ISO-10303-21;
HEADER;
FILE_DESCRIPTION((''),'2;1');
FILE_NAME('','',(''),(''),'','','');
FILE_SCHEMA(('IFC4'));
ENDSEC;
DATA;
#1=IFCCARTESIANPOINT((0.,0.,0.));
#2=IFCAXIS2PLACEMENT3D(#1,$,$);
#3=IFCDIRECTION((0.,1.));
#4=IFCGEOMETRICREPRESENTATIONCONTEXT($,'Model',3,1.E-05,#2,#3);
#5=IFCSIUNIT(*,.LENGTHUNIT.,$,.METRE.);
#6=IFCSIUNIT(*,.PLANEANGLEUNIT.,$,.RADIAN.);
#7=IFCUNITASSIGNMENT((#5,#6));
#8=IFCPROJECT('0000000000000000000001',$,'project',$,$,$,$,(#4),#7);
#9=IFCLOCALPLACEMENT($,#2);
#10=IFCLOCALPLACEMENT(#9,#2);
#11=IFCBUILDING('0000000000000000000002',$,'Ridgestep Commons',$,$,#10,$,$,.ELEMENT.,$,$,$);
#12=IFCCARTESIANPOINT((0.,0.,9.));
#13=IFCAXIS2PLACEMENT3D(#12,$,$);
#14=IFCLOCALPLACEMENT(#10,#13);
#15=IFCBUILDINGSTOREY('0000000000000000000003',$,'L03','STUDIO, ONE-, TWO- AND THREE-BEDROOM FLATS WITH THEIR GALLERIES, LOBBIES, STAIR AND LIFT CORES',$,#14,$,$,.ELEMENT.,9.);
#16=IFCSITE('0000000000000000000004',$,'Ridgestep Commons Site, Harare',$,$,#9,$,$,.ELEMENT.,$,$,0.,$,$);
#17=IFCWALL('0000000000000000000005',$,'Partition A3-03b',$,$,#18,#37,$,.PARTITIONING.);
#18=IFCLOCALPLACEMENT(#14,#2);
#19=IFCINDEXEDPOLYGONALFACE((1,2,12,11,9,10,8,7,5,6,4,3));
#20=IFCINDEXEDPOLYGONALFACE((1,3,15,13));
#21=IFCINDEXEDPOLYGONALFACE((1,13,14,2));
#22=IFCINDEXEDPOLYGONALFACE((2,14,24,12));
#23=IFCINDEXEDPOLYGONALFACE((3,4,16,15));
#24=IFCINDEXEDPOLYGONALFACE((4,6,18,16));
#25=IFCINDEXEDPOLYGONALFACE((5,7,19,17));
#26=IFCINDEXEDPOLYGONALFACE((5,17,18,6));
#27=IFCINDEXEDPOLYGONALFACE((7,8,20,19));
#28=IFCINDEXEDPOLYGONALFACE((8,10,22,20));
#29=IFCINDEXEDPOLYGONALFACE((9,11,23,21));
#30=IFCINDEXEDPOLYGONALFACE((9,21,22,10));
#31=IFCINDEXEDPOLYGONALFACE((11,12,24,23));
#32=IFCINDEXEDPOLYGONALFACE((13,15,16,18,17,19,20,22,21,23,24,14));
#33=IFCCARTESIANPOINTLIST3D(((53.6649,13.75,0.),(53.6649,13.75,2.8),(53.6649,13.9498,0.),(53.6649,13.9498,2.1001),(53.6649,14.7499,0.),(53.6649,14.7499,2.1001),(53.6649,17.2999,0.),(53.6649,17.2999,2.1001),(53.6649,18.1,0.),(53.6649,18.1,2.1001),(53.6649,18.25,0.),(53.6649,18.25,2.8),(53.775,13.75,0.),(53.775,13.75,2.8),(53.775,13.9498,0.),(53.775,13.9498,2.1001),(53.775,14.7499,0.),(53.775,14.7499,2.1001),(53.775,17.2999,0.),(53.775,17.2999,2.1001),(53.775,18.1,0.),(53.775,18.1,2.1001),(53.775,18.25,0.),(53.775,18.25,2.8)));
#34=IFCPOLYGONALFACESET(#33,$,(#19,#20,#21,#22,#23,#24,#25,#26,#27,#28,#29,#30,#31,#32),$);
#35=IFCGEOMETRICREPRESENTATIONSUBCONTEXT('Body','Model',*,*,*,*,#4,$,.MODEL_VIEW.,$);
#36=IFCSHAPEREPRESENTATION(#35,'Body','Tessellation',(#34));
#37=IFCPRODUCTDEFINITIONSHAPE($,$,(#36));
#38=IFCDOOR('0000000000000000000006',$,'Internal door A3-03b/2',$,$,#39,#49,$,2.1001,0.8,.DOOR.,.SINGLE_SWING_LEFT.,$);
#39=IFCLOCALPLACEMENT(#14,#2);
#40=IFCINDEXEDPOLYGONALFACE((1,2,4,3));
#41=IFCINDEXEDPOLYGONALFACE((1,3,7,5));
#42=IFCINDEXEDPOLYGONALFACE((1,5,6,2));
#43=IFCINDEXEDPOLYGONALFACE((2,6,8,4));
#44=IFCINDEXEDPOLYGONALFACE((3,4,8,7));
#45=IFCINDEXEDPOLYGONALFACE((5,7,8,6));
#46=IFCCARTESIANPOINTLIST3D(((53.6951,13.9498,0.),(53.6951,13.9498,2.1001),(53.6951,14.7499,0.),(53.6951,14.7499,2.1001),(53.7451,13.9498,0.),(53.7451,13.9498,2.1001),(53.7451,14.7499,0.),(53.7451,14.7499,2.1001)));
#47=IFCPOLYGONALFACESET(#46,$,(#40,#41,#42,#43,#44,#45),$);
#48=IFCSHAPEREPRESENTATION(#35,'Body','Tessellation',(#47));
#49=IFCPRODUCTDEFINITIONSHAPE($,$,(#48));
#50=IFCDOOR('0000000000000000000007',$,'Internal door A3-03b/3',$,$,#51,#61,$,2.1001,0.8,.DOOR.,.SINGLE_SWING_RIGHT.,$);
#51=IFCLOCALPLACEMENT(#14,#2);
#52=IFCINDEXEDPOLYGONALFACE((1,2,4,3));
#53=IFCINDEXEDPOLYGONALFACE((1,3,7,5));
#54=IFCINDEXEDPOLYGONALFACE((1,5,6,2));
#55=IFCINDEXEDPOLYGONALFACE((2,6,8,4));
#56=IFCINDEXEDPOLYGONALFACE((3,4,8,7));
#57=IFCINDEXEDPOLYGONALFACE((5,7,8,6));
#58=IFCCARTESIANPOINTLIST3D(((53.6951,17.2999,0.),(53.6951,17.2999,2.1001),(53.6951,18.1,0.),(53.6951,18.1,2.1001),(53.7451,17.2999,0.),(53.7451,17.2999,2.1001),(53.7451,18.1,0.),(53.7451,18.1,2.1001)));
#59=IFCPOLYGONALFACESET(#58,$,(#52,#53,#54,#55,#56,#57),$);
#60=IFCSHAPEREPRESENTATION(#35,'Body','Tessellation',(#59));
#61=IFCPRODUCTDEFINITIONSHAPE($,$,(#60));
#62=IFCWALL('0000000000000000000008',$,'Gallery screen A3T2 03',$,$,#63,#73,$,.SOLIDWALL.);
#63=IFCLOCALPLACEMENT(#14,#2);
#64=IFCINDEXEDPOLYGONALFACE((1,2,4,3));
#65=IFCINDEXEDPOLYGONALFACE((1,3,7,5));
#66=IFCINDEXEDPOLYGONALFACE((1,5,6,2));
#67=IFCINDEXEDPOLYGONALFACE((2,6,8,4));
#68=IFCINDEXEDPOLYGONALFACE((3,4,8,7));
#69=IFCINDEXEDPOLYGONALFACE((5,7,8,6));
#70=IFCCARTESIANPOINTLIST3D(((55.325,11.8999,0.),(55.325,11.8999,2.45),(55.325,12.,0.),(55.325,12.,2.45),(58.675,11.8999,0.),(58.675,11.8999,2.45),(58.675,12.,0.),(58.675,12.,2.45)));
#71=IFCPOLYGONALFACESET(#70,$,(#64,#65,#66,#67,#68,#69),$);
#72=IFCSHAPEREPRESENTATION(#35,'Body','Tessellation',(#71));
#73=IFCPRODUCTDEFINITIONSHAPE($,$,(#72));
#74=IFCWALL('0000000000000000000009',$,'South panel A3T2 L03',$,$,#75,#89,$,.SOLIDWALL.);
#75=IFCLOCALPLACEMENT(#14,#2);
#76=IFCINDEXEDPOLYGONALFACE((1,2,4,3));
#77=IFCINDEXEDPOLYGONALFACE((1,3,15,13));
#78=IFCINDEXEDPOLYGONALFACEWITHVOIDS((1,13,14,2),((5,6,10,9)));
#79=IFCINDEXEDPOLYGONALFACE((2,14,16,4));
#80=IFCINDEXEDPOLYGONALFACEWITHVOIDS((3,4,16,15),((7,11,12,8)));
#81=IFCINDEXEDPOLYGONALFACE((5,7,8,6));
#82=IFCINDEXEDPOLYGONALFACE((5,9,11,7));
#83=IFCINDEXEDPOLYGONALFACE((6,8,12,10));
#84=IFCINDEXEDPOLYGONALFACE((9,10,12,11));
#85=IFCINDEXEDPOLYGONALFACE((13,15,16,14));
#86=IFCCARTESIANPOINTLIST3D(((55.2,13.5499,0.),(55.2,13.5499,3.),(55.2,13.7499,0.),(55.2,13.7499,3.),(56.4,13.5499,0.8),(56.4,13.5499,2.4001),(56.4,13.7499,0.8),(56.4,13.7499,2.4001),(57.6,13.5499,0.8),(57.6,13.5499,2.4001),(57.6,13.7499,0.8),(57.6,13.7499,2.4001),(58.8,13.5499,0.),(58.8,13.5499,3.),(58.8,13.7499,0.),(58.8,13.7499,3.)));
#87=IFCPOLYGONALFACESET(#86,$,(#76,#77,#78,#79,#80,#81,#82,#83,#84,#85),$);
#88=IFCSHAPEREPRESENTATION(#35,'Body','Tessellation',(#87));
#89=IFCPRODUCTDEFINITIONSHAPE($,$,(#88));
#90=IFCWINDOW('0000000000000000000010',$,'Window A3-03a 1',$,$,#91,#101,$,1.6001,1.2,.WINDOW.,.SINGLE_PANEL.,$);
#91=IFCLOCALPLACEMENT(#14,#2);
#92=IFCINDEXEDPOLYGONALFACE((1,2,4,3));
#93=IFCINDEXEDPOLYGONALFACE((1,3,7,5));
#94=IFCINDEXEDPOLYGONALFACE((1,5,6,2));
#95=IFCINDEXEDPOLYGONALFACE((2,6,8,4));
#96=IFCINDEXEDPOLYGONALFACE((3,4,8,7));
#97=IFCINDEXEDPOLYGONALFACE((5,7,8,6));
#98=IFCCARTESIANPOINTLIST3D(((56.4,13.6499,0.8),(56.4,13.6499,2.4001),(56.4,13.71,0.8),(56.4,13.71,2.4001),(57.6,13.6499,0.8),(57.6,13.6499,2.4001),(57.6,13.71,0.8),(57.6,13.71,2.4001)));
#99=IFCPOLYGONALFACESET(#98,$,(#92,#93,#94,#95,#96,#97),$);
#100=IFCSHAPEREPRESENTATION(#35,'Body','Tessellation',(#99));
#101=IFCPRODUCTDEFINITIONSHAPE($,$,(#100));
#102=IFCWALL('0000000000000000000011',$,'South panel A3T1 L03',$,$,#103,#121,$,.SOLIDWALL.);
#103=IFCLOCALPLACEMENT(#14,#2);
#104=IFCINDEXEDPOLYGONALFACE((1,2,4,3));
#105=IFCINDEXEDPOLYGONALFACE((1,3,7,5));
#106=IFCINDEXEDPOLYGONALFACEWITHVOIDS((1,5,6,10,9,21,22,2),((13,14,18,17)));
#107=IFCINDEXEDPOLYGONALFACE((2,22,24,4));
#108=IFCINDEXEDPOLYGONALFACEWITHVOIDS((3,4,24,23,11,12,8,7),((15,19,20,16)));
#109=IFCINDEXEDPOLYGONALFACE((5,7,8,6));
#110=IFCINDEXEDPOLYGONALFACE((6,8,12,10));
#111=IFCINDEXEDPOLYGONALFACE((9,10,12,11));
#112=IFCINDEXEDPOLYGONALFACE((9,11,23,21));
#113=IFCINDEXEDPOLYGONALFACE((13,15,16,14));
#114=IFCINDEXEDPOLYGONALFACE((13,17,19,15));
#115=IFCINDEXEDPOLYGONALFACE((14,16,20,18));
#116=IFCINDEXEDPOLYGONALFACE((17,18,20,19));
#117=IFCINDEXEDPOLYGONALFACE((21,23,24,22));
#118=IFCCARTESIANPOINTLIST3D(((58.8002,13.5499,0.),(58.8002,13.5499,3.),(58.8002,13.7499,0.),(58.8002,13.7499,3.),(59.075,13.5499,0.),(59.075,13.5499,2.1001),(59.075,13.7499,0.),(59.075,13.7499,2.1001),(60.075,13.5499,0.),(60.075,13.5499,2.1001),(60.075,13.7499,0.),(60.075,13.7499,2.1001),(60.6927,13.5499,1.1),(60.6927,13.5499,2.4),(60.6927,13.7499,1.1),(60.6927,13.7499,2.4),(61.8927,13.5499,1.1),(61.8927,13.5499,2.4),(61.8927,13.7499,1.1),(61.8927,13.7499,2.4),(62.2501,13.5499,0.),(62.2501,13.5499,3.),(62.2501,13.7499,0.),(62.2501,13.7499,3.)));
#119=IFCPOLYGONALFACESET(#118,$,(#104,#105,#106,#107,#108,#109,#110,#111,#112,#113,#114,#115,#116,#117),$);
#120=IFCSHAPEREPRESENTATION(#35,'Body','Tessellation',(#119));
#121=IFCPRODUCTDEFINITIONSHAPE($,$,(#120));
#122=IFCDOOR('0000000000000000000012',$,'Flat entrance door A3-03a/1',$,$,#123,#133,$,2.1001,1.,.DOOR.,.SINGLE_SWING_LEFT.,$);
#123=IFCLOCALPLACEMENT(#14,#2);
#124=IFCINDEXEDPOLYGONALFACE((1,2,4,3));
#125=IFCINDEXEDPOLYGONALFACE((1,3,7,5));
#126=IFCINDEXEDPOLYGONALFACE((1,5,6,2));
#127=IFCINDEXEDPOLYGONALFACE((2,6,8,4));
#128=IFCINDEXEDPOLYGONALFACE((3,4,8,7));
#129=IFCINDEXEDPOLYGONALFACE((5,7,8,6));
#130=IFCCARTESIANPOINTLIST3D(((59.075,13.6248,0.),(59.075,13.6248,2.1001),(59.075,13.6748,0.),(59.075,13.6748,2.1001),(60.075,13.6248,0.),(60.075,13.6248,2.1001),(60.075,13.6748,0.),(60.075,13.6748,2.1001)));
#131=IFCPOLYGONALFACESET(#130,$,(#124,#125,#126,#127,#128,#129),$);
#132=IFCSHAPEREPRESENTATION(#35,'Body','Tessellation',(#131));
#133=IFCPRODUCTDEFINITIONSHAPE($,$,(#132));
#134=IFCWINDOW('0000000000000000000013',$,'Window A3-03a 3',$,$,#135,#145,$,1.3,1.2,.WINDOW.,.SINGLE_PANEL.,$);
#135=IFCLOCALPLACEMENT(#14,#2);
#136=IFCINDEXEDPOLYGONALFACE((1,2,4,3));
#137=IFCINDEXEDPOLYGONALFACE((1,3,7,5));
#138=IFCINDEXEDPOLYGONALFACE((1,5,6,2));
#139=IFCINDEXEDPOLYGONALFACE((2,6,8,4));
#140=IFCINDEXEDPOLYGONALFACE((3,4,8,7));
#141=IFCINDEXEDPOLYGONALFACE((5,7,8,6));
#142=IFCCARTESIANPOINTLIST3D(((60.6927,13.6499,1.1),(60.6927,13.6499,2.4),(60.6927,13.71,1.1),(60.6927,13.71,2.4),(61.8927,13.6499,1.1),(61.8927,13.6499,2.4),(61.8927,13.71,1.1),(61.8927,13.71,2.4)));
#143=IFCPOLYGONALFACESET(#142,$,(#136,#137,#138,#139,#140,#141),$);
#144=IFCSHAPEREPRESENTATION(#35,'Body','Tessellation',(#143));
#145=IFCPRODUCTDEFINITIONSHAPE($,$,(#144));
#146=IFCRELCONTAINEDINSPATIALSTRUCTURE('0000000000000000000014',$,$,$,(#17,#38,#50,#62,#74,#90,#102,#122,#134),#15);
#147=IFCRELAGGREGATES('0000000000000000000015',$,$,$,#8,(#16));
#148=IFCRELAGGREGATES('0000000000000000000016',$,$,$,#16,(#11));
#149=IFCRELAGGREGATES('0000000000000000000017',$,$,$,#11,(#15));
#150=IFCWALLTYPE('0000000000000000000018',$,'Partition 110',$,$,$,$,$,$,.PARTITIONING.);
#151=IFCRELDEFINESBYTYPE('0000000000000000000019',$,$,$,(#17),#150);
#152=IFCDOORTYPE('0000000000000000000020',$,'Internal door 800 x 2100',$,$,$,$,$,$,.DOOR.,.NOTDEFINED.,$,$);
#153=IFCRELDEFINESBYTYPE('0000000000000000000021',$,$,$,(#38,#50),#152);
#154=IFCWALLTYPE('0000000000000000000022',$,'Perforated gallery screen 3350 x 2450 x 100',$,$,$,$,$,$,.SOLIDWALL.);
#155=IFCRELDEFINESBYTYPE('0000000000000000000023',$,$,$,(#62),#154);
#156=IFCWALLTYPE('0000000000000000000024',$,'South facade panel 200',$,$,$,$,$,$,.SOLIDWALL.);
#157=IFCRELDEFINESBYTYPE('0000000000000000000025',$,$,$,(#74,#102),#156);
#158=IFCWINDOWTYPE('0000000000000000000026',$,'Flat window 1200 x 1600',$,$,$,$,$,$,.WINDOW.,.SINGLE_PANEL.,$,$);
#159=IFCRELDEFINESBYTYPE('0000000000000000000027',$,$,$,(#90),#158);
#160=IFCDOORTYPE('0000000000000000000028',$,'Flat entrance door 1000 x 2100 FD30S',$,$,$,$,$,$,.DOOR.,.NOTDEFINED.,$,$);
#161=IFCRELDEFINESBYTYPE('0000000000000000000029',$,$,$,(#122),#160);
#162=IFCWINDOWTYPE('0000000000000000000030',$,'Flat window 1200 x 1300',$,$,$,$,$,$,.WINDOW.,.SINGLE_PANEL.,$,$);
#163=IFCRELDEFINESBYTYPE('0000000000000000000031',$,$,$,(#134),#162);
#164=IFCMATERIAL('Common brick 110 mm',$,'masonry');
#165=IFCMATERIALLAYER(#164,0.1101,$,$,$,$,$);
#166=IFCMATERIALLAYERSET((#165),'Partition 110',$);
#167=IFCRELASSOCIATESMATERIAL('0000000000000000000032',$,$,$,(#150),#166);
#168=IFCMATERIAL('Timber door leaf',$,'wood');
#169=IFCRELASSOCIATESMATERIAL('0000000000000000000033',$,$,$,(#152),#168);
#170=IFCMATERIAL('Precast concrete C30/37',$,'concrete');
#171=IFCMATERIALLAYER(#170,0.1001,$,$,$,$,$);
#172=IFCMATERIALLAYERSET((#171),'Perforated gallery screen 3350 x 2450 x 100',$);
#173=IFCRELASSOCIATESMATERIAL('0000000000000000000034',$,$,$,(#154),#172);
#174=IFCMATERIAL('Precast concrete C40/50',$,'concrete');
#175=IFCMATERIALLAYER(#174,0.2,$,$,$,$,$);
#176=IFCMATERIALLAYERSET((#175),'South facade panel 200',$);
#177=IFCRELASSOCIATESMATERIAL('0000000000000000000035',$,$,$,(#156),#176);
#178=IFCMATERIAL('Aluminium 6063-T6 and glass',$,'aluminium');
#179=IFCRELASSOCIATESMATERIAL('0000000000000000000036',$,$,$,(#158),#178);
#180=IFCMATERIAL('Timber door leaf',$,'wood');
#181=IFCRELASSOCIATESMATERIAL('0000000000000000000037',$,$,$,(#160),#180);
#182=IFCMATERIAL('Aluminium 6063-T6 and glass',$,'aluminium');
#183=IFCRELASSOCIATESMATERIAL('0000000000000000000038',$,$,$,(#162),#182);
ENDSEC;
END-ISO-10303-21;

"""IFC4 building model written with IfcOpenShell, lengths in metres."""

from ifc_helpers import new_model, si_unit, direction, frame, frame_2d, origin, place, context, subcontext, project, spatial, rectangle, extrude, material, layer, layer_set, type_object, element, fill, save


model = new_model("IFC4")

# Units and contexts
model_context = context("Model", 3, precision=1e-05, world=origin(), true_north=direction((0.0, 1.0)))
body_context = subcontext(model_context, "Body", "Model", "MODEL_VIEW")
ifc_project = project(units=[si_unit("LENGTHUNIT", "METRE"), si_unit("PLANEANGLEUNIT", "RADIAN")], contexts=[model_context])

# Site, building, storey
site_placement = place(None, origin())
site = spatial("IfcSite", under=ifc_project, at=site_placement, Name="Ridgestep Commons Site, Harare", CompositionType="ELEMENT", RefElevation=0.0)
building_placement = place(site_placement, origin())
building = spatial("IfcBuilding", under=site, at=building_placement, Name="Ridgestep Commons", CompositionType="ELEMENT")
storey_placement = place(building_placement, frame((0.0, 0.0, 9.0)))
storey = spatial("IfcBuildingStorey", under=building, at=storey_placement, Name="L03", Description="STUDIO, ONE-, TWO- AND THREE-BEDROOM FLATS WITH THEIR GALLERIES, LOBBIES, STAIR AND LIFT CORES", CompositionType="ELEMENT", Elevation=9.0)

# Wall, openings, doors
ifc_material_1 = material(Name="Common brick 110 mm", Category="masonry")
ifc_layer_1 = layer(ifc_material_1, 0.1101)
ifc_layer_set_1 = layer_set([ifc_layer_1], Name="Partition 110")
wall_type_1 = type_object("IfcWallType", Name="Partition 110", PredefinedType="PARTITIONING", material=ifc_layer_set_1)
ifc_material_2 = material(Name="Timber door leaf", Category="wood")
door_type_1 = type_object("IfcDoorType", Name="Internal door 800 x 2100", OperationType="NOTDEFINED", PredefinedType="DOOR", material=ifc_material_2)
wall_1_placement = place(storey_placement, frame((53.72, 13.75, 0.0), z_axis=(0.0, 0.0, 1.0), x_axis=(0.0, 1.0, 0.0)))
wall_1 = element("IfcWall", 1, at=wall_1_placement, inside=storey, type_object=wall_type_1, Name="Partition A3-03b", PredefinedType="PARTITIONING", context=body_context, shape_type="SweptSolid", body=[
    extrude(rectangle(XDim=4.5, YDim=0.1101, at=frame_2d((2.25, 0.0))), origin(), (0.0, 0.0, 1.0), 2.8),
])
opening_1_placement = place(wall_1_placement, frame((0.2, 0.0, 0.0)))
opening_1 = element("IfcOpeningElement", 2, at=opening_1_placement, cuts=wall_1, PredefinedType="OPENING", context=body_context, shape_type="SweptSolid", body=[
    extrude(rectangle(XDim=0.8, YDim=2.1001, at=frame_2d((0.3999, 1.05))), frame((0.0, 0.0649, 0.0), z_axis=(0.0, -1.0, 0.0), x_axis=(1.0, 0.0, 0.0)), (0.0, 0.0, 1.0), 0.1301),
])
opening_2_placement = place(wall_1_placement, frame((3.55, 0.0, 0.0)))
opening_2 = element("IfcOpeningElement", 3, at=opening_2_placement, cuts=wall_1, PredefinedType="OPENING", context=body_context, shape_type="SweptSolid", body=[
    extrude(rectangle(XDim=0.8, YDim=2.1001, at=frame_2d((0.3999, 1.05))), frame((0.0, 0.0649, 0.0), z_axis=(0.0, -1.0, 0.0), x_axis=(1.0, 0.0, 0.0)), (0.0, 0.0, 1.0), 0.1301),
])
door_1_placement = place(opening_1_placement, origin())
door_1 = element("IfcDoor", 4, at=door_1_placement, inside=storey, type_object=door_type_1, Name="Internal door A3-03b/2", OperationType="SINGLE_SWING_LEFT", OverallHeight=2.1001, OverallWidth=0.8, PredefinedType="DOOR", context=body_context, shape_type="SweptSolid", body=[
    extrude(rectangle(XDim=0.8, YDim=2.1001, at=frame_2d((0.3999, 1.05))), frame((0.0, 0.0249, 0.0), z_axis=(0.0, -1.0, 0.0), x_axis=(1.0, 0.0, 0.0)), (0.0, 0.0, 1.0), 0.05),
])
fill(opening_1, door_1)
door_2_placement = place(opening_2_placement, origin())
door_2 = element("IfcDoor", 5, at=door_2_placement, inside=storey, type_object=door_type_1, Name="Internal door A3-03b/3", OperationType="SINGLE_SWING_RIGHT", OverallHeight=2.1001, OverallWidth=0.8, PredefinedType="DOOR", context=body_context, shape_type="SweptSolid", body=[
    extrude(rectangle(XDim=0.8, YDim=2.1001, at=frame_2d((0.3999, 1.05))), frame((0.0, 0.0249, 0.0), z_axis=(0.0, -1.0, 0.0), x_axis=(1.0, 0.0, 0.0)), (0.0, 0.0, 1.0), 0.05),
])
fill(opening_2, door_2)

# Wall
ifc_material_3 = material(Name="Precast concrete C30/37", Category="concrete")
ifc_layer_2 = layer(ifc_material_3, 0.1001)
ifc_layer_set_2 = layer_set([ifc_layer_2], Name="Perforated gallery screen 3350 x 2450 x 100")
wall_type_2 = type_object("IfcWallType", Name="Perforated gallery screen 3350 x 2450 x 100", PredefinedType="SOLIDWALL", material=ifc_layer_set_2)
wall_2_placement = place(storey_placement, frame((55.325, 11.95, 0.0), z_axis=(0.0, 0.0, 1.0), x_axis=(1.0, 0.0, 0.0)))
element("IfcWall", 6, at=wall_2_placement, inside=storey, type_object=wall_type_2, Name="Gallery screen A3T2 03", PredefinedType="SOLIDWALL", context=body_context, shape_type="SweptSolid", body=[
    extrude(rectangle(XDim=3.3501, YDim=0.1001, at=frame_2d((1.675, 0.0))), origin(), (0.0, 0.0, 1.0), 2.45),
])

# Wall, opening, window
ifc_material_4 = material(Name="Precast concrete C40/50", Category="concrete")
ifc_layer_3 = layer(ifc_material_4, 0.2)
ifc_layer_set_3 = layer_set([ifc_layer_3], Name="South facade panel 200")
wall_type_3 = type_object("IfcWallType", Name="South facade panel 200", PredefinedType="SOLIDWALL", material=ifc_layer_set_3)
wall_3_placement = place(storey_placement, frame((55.2, 13.6499, 0.0), z_axis=(0.0, 0.0, 1.0), x_axis=(1.0, 0.0, 0.0)))
wall_3 = element("IfcWall", 7, at=wall_3_placement, inside=storey, type_object=wall_type_3, Name="South panel A3T2 L03", PredefinedType="SOLIDWALL", context=body_context, shape_type="SweptSolid", body=[
    extrude(rectangle(XDim=3.6001, YDim=0.2, at=frame_2d((1.8, 0.0))), origin(), (0.0, 0.0, 1.0), 3.0),
])
opening_3_placement = place(wall_3_placement, frame((1.2, 0.0, 0.8)))
opening_3 = element("IfcOpeningElement", 8, at=opening_3_placement, cuts=wall_3, PredefinedType="OPENING", context=body_context, shape_type="SweptSolid", body=[
    extrude(rectangle(XDim=1.2, YDim=1.6001, at=frame_2d((0.6001, 0.8))), frame((0.0, 0.1099, 0.0), z_axis=(0.0, -1.0, 0.0), x_axis=(1.0, 0.0, 0.0)), (0.0, 0.0, 1.0), 0.22),
])
ifc_material_5 = material(Name="Aluminium 6063-T6 and glass", Category="aluminium")
window_type_1 = type_object("IfcWindowType", Name="Flat window 1200 x 1600", PartitioningType="SINGLE_PANEL", PredefinedType="WINDOW", material=ifc_material_5)
window_1_placement = place(opening_3_placement, origin())
window_1 = element("IfcWindow", 9, at=window_1_placement, inside=storey, type_object=window_type_1, Name="Window A3-03a 1", OverallHeight=1.6001, OverallWidth=1.2, PartitioningType="SINGLE_PANEL", PredefinedType="WINDOW", context=body_context, shape_type="SweptSolid", body=[
    extrude(rectangle(XDim=1.2, YDim=1.6001, at=frame_2d((0.6001, 0.8))), frame((0.0, 0.0601, 0.0), z_axis=(0.0, -1.0, 0.0), x_axis=(1.0, 0.0, 0.0)), (0.0, 0.0, 1.0), 0.0601),
])
fill(opening_3, window_1)

# Wall, openings, door, window
wall_4_placement = place(storey_placement, frame((58.8, 13.6499, 0.0), z_axis=(0.0, 0.0, 1.0), x_axis=(1.0, 0.0, 0.0)))
wall_4 = element("IfcWall", 10, at=wall_4_placement, inside=storey, type_object=wall_type_3, Name="South panel A3T1 L03", PredefinedType="SOLIDWALL", context=body_context, shape_type="SweptSolid", body=[
    extrude(rectangle(XDim=3.45, YDim=0.2, at=frame_2d((1.7251, 0.0))), origin(), (0.0, 0.0, 1.0), 3.0),
])
opening_4_placement = place(wall_4_placement, frame((1.8926, 0.0, 1.1001)))
opening_4 = element("IfcOpeningElement", 11, at=opening_4_placement, cuts=wall_4, PredefinedType="OPENING", context=body_context, shape_type="SweptSolid", body=[
    extrude(rectangle(XDim=1.2, YDim=1.3, at=frame_2d((0.6001, 0.6499))), frame((0.0, 0.1099, 0.0), z_axis=(0.0, -1.0, 0.0), x_axis=(1.0, 0.0, 0.0)), (0.0, 0.0, 1.0), 0.22),
])
opening_5_placement = place(wall_4_placement, frame((0.2749, 0.0, 0.0)))
opening_5 = element("IfcOpeningElement", 12, at=opening_5_placement, cuts=wall_4, PredefinedType="OPENING", context=body_context, shape_type="SweptSolid", body=[
    extrude(rectangle(XDim=1.0, YDim=2.1001, at=frame_2d((0.5, 1.05))), frame((0.0, 0.1099, 0.0), z_axis=(0.0, -1.0, 0.0), x_axis=(1.0, 0.0, 0.0)), (0.0, 0.0, 1.0), 0.22),
])
ifc_material_6 = material(Name="Timber door leaf", Category="wood")
door_type_2 = type_object("IfcDoorType", Name="Flat entrance door 1000 x 2100 FD30S", OperationType="NOTDEFINED", PredefinedType="DOOR", material=ifc_material_6)
door_3_placement = place(opening_5_placement, origin())
door_3 = element("IfcDoor", 13, at=door_3_placement, inside=storey, type_object=door_type_2, Name="Flat entrance door A3-03a/1", OperationType="SINGLE_SWING_LEFT", OverallHeight=2.1001, OverallWidth=1.0, PredefinedType="DOOR", context=body_context, shape_type="SweptSolid", body=[
    extrude(rectangle(XDim=1.0, YDim=2.1001, at=frame_2d((0.5, 1.05))), frame((0.0, 0.0249, 0.0), z_axis=(0.0, -1.0, 0.0), x_axis=(1.0, 0.0, 0.0)), (0.0, 0.0, 1.0), 0.05),
])
fill(opening_5, door_3)
ifc_material_7 = material(Name="Aluminium 6063-T6 and glass", Category="aluminium")
window_type_2 = type_object("IfcWindowType", Name="Flat window 1200 x 1300", PartitioningType="SINGLE_PANEL", PredefinedType="WINDOW", material=ifc_material_7)
window_2_placement = place(opening_4_placement, origin())
window_2 = element("IfcWindow", 14, at=window_2_placement, inside=storey, type_object=window_type_2, Name="Window A3-03a 3", OverallHeight=1.3, OverallWidth=1.2, PartitioningType="SINGLE_PANEL", PredefinedType="WINDOW", context=body_context, shape_type="SweptSolid", body=[
    extrude(rectangle(XDim=1.2, YDim=1.3, at=frame_2d((0.6001, 0.6499))), frame((0.0, 0.0601, 0.0), z_axis=(0.0, -1.0, 0.0), x_axis=(1.0, 0.0, 0.0)), (0.0, 0.0, 1.0), 0.0601),
])
fill(opening_4, window_2)

save(model, "model.ifc")
